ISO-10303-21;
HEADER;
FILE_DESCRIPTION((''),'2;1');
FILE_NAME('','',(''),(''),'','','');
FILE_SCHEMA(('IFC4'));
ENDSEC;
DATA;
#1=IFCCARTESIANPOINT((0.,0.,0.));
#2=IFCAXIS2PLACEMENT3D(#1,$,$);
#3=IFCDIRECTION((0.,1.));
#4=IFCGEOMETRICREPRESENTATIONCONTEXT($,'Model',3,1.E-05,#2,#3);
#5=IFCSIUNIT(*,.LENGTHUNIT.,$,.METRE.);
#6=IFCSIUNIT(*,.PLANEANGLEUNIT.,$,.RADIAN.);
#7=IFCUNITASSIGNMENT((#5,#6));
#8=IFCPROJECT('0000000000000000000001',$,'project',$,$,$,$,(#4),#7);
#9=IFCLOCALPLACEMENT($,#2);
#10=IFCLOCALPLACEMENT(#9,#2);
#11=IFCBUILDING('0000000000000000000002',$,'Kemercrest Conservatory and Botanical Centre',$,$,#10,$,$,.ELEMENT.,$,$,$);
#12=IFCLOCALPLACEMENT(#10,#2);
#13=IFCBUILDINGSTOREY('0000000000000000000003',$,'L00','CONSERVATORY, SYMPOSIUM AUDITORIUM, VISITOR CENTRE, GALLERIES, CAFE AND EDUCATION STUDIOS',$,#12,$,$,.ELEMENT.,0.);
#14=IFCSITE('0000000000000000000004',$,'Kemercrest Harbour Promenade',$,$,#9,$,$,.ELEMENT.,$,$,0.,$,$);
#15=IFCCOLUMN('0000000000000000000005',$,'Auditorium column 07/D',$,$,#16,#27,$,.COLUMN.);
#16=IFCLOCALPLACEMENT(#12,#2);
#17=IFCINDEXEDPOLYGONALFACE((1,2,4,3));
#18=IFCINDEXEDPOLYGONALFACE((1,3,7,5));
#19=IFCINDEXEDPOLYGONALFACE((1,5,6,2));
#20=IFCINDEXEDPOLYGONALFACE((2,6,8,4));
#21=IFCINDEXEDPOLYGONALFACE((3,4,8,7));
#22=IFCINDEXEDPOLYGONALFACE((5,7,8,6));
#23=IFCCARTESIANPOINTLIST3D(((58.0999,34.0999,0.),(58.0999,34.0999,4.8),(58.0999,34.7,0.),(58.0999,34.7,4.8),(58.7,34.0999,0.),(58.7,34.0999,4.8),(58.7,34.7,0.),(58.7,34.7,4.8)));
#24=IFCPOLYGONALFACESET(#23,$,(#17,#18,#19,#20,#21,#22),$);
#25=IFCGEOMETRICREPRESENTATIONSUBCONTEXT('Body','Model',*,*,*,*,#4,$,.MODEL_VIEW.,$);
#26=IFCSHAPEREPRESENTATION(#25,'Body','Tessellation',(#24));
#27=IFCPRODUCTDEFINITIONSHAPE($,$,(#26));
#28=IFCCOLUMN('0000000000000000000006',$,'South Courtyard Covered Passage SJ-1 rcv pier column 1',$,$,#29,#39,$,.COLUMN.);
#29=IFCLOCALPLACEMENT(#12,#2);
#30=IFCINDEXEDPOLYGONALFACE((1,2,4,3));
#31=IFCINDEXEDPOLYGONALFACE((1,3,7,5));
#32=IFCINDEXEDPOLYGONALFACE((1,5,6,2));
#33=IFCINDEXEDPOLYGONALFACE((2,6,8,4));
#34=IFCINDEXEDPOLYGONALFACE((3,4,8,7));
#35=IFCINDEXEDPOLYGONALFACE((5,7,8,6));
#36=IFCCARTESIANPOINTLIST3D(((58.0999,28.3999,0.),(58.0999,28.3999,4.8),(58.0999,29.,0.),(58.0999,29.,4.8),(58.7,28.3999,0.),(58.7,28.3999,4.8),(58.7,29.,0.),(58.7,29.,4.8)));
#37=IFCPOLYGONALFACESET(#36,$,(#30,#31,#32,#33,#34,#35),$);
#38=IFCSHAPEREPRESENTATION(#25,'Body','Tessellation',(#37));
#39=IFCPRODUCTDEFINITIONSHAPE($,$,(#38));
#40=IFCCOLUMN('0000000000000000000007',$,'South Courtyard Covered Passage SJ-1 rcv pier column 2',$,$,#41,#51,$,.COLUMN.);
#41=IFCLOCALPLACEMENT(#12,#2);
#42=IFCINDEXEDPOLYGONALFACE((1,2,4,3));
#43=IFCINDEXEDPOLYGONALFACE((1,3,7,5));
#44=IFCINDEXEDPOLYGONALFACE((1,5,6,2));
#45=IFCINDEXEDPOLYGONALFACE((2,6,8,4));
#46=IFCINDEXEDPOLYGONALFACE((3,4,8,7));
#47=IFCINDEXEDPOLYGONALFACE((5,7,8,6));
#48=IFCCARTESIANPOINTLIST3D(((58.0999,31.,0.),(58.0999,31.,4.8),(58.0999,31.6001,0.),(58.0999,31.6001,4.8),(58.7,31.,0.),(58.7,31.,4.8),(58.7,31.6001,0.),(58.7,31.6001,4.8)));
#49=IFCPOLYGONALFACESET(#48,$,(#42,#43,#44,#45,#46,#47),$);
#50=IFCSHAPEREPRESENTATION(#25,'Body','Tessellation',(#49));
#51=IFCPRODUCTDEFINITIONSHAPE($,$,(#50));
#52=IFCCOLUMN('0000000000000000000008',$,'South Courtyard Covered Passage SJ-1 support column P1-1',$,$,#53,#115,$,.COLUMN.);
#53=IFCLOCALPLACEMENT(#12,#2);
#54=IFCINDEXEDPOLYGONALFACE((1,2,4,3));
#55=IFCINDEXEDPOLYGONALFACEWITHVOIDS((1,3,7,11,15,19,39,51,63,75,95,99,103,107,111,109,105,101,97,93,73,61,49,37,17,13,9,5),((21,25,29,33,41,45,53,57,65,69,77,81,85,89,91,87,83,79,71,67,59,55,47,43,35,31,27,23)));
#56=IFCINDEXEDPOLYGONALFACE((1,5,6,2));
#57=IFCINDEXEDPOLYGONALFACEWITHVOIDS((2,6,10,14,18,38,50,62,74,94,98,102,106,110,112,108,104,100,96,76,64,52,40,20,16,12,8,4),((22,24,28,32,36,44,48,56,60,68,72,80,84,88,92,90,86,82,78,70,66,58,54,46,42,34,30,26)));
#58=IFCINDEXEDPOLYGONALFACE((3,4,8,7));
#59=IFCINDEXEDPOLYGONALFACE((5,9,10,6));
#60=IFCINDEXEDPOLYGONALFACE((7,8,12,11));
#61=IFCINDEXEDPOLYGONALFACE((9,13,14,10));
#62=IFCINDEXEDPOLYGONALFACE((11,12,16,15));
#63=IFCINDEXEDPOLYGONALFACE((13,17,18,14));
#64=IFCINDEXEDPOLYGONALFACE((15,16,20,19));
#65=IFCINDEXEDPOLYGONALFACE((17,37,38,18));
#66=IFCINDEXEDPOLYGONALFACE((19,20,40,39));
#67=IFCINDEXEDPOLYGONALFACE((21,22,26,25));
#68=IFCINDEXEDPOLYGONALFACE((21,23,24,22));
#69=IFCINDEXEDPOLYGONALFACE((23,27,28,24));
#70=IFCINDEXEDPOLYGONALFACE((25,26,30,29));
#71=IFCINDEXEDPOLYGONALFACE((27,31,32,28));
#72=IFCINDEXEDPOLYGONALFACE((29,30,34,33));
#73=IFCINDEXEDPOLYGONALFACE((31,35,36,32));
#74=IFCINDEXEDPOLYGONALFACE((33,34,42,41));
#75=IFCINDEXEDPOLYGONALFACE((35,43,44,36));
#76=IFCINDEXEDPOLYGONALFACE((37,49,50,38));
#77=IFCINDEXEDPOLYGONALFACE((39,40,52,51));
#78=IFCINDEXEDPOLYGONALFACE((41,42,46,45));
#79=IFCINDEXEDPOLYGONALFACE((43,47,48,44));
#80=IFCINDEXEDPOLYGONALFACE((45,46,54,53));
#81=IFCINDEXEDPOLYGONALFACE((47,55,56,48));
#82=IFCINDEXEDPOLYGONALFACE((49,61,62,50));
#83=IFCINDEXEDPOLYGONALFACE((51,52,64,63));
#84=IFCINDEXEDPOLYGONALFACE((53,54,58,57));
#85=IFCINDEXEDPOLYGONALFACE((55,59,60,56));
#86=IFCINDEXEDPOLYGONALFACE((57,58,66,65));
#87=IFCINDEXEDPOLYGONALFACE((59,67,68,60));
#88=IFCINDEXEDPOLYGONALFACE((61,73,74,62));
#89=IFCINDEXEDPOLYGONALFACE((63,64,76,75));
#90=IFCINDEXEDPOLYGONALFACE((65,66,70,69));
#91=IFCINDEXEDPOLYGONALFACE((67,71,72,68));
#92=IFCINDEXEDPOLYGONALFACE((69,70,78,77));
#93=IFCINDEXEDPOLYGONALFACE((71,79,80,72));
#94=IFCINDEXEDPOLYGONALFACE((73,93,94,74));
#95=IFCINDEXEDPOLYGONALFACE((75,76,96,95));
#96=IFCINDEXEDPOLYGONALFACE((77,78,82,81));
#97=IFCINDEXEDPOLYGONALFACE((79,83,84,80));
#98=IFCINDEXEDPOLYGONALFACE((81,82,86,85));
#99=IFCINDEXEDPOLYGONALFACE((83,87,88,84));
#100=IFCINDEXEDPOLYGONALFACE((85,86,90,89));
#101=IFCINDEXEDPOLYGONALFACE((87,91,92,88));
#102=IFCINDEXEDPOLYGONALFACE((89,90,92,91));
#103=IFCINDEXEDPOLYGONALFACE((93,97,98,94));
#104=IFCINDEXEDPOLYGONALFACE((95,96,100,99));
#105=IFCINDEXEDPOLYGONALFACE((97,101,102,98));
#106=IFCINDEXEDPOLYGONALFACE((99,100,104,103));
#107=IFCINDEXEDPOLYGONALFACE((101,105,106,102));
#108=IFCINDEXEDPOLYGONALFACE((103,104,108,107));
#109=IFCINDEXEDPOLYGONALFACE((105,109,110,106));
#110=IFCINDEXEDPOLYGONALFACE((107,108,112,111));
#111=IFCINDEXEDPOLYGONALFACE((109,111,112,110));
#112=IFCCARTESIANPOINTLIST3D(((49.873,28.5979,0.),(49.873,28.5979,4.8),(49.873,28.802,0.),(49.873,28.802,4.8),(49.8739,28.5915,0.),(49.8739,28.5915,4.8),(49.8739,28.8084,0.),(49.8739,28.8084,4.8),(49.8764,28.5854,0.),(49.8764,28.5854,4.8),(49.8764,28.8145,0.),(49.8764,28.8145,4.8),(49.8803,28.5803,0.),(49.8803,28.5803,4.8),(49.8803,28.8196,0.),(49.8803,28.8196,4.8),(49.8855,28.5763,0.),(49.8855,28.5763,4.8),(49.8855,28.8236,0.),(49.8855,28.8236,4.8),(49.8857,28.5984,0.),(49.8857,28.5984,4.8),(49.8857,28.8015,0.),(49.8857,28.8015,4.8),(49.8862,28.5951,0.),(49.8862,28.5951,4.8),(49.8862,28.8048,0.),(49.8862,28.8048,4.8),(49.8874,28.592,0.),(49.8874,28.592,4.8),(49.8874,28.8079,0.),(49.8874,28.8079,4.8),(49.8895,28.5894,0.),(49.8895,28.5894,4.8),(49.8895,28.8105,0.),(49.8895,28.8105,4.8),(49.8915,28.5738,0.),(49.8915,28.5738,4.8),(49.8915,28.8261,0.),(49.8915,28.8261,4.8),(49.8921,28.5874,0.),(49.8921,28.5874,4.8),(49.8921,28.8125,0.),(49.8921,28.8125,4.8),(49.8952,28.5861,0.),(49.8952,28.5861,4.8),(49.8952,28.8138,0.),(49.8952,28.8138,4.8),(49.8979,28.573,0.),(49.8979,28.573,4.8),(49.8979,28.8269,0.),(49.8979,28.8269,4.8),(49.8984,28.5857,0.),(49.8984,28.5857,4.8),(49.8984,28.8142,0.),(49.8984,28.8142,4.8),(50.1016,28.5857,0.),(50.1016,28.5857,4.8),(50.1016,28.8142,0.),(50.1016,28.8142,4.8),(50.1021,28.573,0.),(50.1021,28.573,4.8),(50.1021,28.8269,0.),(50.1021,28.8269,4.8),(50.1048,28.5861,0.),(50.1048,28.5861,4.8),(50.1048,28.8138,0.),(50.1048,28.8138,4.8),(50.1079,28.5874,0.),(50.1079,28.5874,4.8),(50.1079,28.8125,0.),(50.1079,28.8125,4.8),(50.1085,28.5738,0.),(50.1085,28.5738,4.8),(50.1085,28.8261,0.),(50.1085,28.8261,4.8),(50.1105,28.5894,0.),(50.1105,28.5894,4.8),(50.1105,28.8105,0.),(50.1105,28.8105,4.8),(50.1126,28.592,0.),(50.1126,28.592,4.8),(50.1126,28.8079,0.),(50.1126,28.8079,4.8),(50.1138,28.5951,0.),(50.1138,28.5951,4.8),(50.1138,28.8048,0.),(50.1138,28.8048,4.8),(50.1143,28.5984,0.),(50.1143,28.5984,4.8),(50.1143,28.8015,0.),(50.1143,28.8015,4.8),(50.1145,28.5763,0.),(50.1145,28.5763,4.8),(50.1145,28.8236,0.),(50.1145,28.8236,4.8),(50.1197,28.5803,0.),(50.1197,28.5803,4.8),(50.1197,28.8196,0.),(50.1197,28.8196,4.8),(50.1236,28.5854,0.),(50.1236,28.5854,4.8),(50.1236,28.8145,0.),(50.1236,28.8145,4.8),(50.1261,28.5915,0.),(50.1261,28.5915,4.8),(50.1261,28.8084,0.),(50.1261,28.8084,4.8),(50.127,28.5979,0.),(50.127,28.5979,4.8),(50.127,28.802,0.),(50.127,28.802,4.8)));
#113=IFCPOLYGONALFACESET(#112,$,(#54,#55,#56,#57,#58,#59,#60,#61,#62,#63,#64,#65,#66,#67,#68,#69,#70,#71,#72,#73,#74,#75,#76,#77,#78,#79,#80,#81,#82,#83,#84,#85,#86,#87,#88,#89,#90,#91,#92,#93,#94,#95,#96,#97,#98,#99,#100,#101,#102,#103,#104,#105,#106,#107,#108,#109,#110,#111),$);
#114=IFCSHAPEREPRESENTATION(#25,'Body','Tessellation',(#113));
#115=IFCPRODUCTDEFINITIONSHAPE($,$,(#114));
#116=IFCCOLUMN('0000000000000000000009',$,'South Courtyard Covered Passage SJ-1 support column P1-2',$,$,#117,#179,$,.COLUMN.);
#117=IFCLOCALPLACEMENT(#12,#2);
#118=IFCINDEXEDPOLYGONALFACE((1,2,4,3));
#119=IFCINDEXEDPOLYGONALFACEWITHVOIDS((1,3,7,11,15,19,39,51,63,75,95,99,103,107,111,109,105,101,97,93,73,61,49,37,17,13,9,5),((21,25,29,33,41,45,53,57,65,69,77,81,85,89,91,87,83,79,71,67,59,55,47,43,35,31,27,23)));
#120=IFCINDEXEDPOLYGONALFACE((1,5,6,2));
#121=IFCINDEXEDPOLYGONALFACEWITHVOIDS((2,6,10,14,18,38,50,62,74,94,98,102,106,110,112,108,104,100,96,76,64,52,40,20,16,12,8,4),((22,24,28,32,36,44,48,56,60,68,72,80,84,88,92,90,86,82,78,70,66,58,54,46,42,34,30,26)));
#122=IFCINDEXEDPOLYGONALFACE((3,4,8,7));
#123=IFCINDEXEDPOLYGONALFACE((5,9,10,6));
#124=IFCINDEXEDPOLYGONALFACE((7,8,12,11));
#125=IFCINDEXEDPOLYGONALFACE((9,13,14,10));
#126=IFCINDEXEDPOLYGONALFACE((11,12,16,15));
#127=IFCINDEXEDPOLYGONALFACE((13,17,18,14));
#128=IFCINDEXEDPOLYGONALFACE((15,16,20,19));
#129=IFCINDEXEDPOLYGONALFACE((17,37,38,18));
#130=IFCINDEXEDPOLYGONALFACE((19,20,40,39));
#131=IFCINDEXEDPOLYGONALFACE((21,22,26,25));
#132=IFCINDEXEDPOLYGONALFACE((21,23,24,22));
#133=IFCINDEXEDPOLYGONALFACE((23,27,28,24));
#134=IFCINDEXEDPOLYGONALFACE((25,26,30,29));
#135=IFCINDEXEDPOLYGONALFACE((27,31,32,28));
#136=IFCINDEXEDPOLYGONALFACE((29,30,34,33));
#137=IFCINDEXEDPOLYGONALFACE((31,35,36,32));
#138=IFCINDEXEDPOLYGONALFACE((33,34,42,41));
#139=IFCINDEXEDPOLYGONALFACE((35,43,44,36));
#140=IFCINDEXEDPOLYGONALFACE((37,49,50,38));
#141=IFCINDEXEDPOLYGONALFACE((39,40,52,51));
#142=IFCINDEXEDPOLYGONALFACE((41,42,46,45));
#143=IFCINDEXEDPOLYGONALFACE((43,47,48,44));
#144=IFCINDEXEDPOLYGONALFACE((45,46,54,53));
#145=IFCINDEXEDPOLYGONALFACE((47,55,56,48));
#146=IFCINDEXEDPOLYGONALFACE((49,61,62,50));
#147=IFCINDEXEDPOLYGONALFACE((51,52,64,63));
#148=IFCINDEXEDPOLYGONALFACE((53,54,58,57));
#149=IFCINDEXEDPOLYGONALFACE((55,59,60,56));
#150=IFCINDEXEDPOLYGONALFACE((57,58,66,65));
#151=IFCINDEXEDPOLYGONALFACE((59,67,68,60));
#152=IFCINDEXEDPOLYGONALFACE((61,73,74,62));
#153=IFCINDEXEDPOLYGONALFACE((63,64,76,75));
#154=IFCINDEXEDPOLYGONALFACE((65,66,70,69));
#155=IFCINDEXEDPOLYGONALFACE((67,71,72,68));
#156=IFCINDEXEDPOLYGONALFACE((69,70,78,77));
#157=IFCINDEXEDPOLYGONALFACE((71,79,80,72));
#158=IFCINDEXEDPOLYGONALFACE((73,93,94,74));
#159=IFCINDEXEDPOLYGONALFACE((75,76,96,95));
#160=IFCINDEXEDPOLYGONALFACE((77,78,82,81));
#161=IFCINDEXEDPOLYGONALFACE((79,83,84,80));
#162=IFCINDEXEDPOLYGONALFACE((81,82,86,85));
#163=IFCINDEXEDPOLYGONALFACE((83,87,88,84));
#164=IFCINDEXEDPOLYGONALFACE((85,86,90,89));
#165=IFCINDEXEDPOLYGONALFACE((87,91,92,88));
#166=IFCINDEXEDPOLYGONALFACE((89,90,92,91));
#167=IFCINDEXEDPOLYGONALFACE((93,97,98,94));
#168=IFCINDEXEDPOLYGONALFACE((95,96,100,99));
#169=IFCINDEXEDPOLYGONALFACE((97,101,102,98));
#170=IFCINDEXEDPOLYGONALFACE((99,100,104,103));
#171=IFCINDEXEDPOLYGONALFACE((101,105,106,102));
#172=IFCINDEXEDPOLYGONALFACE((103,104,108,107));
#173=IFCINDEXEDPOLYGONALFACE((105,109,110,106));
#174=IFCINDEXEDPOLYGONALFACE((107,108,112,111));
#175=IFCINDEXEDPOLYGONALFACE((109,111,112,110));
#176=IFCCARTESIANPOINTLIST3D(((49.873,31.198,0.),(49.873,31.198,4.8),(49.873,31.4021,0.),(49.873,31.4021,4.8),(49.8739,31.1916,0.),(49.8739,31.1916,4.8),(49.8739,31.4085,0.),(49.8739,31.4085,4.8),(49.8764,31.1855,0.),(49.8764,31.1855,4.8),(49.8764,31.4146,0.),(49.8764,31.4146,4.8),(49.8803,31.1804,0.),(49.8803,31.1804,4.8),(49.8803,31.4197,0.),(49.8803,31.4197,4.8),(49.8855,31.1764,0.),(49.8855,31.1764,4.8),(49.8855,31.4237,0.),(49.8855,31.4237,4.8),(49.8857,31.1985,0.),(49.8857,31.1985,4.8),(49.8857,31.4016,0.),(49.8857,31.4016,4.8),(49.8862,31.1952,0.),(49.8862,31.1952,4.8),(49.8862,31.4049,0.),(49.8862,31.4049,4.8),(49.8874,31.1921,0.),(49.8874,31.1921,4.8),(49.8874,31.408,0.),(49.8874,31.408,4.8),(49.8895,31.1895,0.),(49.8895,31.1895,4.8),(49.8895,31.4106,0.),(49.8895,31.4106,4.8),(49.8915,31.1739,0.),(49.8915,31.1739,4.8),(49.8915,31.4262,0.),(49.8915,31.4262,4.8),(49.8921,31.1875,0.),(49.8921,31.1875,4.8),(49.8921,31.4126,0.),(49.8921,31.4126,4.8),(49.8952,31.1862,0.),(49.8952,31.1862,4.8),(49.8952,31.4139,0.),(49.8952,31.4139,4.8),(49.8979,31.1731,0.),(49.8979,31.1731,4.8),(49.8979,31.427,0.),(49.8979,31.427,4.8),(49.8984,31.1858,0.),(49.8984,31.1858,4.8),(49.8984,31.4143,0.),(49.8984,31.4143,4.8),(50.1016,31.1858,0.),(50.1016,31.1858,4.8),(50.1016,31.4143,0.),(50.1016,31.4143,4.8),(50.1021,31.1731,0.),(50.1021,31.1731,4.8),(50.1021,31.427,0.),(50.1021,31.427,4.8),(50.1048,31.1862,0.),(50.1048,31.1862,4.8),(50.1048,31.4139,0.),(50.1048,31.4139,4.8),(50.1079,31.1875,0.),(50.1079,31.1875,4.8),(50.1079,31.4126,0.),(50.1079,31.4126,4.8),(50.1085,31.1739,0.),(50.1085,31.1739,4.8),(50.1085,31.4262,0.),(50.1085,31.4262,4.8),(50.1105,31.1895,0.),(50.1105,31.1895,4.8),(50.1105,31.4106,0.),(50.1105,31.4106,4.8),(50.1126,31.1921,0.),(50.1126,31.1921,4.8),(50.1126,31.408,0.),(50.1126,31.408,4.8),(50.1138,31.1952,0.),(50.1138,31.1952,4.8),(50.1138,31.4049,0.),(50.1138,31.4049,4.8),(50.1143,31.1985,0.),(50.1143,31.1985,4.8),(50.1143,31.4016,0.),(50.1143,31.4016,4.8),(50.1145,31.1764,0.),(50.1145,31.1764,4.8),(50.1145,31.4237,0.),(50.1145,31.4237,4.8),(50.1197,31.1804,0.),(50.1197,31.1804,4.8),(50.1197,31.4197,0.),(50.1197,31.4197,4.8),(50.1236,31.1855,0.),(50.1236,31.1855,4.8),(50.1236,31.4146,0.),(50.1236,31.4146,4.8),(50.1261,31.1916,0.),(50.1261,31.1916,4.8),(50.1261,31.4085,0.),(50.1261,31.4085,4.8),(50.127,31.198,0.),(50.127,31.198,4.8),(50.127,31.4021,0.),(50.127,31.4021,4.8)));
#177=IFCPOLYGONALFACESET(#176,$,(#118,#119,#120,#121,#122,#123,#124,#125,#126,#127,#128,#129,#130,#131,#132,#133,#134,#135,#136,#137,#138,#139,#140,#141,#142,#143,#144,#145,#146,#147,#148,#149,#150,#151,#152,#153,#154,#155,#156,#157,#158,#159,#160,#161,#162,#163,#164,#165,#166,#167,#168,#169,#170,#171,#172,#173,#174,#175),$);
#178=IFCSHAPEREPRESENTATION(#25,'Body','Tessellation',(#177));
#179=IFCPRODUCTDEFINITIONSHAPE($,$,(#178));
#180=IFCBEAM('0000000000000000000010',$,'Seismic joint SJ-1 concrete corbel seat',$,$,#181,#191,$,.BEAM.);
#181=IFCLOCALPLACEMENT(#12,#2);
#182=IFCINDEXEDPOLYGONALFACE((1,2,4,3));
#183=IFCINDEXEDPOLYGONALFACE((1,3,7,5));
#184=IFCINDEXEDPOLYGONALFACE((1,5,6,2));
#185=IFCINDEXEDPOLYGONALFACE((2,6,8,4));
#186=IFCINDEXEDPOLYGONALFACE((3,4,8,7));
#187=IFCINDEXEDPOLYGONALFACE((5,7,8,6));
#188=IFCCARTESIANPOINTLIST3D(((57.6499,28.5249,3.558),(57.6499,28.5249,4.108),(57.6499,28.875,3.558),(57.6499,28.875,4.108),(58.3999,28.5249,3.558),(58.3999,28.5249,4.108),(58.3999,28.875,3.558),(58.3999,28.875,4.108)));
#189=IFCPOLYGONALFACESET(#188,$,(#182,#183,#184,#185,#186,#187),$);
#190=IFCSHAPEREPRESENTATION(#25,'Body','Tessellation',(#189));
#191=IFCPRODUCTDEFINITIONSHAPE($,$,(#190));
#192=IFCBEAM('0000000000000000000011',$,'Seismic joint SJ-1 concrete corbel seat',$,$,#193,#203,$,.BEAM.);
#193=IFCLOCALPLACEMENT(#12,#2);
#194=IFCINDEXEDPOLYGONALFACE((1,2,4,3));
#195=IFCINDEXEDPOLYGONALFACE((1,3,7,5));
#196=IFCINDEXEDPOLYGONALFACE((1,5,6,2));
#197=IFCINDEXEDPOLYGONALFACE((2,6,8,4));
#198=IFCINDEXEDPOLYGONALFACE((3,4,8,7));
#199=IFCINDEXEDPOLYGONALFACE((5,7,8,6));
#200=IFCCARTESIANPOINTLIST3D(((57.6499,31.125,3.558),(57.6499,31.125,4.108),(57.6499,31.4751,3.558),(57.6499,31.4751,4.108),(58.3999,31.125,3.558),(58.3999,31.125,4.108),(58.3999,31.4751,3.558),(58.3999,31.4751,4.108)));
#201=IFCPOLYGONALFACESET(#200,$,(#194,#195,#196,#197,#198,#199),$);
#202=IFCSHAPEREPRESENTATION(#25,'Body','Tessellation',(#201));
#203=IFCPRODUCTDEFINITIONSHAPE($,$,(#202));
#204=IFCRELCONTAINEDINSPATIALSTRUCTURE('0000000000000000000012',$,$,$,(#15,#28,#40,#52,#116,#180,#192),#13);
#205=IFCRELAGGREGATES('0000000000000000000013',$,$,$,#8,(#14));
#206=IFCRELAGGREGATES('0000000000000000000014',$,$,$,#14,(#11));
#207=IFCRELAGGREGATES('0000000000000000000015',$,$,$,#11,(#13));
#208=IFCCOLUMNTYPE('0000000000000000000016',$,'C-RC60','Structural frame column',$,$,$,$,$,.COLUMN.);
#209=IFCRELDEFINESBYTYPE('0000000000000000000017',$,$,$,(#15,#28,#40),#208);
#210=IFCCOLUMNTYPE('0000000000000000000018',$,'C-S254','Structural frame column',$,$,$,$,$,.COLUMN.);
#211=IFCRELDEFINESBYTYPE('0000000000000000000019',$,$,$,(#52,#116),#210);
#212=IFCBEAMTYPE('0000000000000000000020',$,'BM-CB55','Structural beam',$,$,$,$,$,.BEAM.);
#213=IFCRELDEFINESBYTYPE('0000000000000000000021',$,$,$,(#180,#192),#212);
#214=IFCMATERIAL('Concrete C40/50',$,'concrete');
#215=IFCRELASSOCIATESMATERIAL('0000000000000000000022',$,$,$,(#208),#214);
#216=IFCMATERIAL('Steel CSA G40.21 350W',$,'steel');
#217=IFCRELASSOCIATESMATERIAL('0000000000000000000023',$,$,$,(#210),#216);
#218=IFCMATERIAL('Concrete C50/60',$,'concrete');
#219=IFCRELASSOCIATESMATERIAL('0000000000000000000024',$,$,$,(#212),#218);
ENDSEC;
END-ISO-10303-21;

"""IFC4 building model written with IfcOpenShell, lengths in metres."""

from ifc_helpers import new_model, si_unit, direction, frame, origin, origin_2d, place, context, subcontext, project, spatial, rectangle, hollow_rectangle, extrude, material, material_profile, profile_set, type_object, element, save


model = new_model("IFC4")

# Units and contexts
model_context = context("Model", 3, precision=1e-05, world=origin(), true_north=direction((0.0, 1.0)))
body_context = subcontext(model_context, "Body", "Model", "MODEL_VIEW")
ifc_project = project(units=[si_unit("LENGTHUNIT", "METRE"), si_unit("PLANEANGLEUNIT", "RADIAN")], contexts=[model_context])

# Site, building, storey
site_placement = place(None, origin())
site = spatial("IfcSite", under=ifc_project, at=site_placement, Name="Kemercrest Harbour Promenade", CompositionType="ELEMENT", RefElevation=0.0)
building_placement = place(site_placement, origin())
building = spatial("IfcBuilding", under=site, at=building_placement, Name="Kemercrest Conservatory and Botanical Centre", CompositionType="ELEMENT")
storey_placement = place(building_placement, origin())
storey = spatial("IfcBuildingStorey", under=building, at=storey_placement, Name="L00", Description="CONSERVATORY, SYMPOSIUM AUDITORIUM, VISITOR CENTRE, GALLERIES, CAFE AND EDUCATION STUDIOS", CompositionType="ELEMENT", Elevation=0.0)

# Columns
ifc_material_1 = material(Name="Concrete C40/50", Category="concrete")
ifc_material_profile_1 = material_profile(ifc_material_1, rectangle(XDim=0.6001, YDim=0.6001, at=origin_2d()), Name="RC 600x600")
ifc_profile_set_1 = profile_set([ifc_material_profile_1], Name="Concrete C40/50")
column_type_1 = type_object("IfcColumnType", Name="C-RC60", Description="Structural frame column", PredefinedType="COLUMN", material=ifc_profile_set_1)
for number, where, z_axis, x_axis, name in (
    (1, (58.3999, 34.3999, 0.0), (0.0, 0.0, 1.0), (1.0, 0.0, 0.0), "Auditorium column 07/D"),
    (2, (58.3999, 28.7, 0.0), (0.0, 0.0, 1.0), (1.0, 0.0, 0.0), "South Courtyard Covered Passage SJ-1 rcv pier column 1"),
    (3, (58.3999, 31.3, 0.0), (0.0, 0.0, 1.0), (1.0, 0.0, 0.0), "South Courtyard Covered Passage SJ-1 rcv pier column 2"),
):
    element("IfcColumn", number, at=place(storey_placement, frame(where, z_axis=z_axis, x_axis=x_axis)), inside=storey, type_object=column_type_1, Name=name, PredefinedType="COLUMN", context=body_context, shape_type="SweptSolid", body=[
        extrude(rectangle(XDim=0.6001, YDim=0.6001, at=origin_2d()), origin(), (0.0, 0.0, 1.0), 4.8),
    ])
ifc_material_2 = material(Name="Steel CSA G40.21 350W", Category="steel")
ifc_material_profile_2 = material_profile(ifc_material_2, hollow_rectangle(XDim=0.2539, YDim=0.2539, WallThickness=0.0127, InnerFilletRadius=0.0127, OuterFilletRadius=0.0249, at=origin_2d()), Name="HSS 254x254x12.7")
ifc_profile_set_2 = profile_set([ifc_material_profile_2], Name="Steel CSA G40.21 350W")
column_type_2 = type_object("IfcColumnType", Name="C-S254", Description="Structural frame column", PredefinedType="COLUMN", material=ifc_profile_set_2)
for number, where, z_axis, x_axis, name in (
    (4, (50.0, 28.7, 0.0), (0.0, 0.0, 1.0), (1.0, 0.0, 0.0), "South Courtyard Covered Passage SJ-1 support column P1-1"),
    (5, (50.0, 31.3, 0.0), (0.0, 0.0, 1.0), (1.0, 0.0, 0.0), "South Courtyard Covered Passage SJ-1 support column P1-2"),
):
    element("IfcColumn", number, at=place(storey_placement, frame(where, z_axis=z_axis, x_axis=x_axis)), inside=storey, type_object=column_type_2, Name=name, PredefinedType="COLUMN", context=body_context, shape_type="SweptSolid", body=[
        extrude(hollow_rectangle(XDim=0.2539, YDim=0.2539, WallThickness=0.0127, InnerFilletRadius=0.0127, OuterFilletRadius=0.0249, at=origin_2d()), origin(), (0.0, 0.0, 1.0), 4.8),
    ])

# Beams
ifc_material_3 = material(Name="Concrete C50/60", Category="concrete")
ifc_material_profile_3 = material_profile(ifc_material_3, rectangle(XDim=0.3501, YDim=0.55, at=origin_2d()), Name="RC 350x550")
ifc_profile_set_3 = profile_set([ifc_material_profile_3], Name="Concrete C50/60")
beam_type_1 = type_object("IfcBeamType", Name="BM-CB55", Description="Structural beam", PredefinedType="BEAM", material=ifc_profile_set_3)
for number, where, z_axis, x_axis, name in (
    (6, (58.3999, 28.7, 3.833), (-1.0, 0.0, 0.0), (0.0, -1.0, 0.0), "Seismic joint SJ-1 concrete corbel seat"),
    (7, (58.3999, 31.3, 3.833), (-1.0, 0.0, 0.0), (0.0, -1.0, 0.0), "Seismic joint SJ-1 concrete corbel seat"),
):
    element("IfcBeam", number, at=place(storey_placement, frame(where, z_axis=z_axis, x_axis=x_axis)), inside=storey, type_object=beam_type_1, Name=name, PredefinedType="BEAM", context=body_context, shape_type="SweptSolid", body=[
        extrude(rectangle(XDim=0.3501, YDim=0.55, at=origin_2d()), origin(), (0.0, 0.0, 1.0), 0.75),
    ])

save(model, "model.ifc")
